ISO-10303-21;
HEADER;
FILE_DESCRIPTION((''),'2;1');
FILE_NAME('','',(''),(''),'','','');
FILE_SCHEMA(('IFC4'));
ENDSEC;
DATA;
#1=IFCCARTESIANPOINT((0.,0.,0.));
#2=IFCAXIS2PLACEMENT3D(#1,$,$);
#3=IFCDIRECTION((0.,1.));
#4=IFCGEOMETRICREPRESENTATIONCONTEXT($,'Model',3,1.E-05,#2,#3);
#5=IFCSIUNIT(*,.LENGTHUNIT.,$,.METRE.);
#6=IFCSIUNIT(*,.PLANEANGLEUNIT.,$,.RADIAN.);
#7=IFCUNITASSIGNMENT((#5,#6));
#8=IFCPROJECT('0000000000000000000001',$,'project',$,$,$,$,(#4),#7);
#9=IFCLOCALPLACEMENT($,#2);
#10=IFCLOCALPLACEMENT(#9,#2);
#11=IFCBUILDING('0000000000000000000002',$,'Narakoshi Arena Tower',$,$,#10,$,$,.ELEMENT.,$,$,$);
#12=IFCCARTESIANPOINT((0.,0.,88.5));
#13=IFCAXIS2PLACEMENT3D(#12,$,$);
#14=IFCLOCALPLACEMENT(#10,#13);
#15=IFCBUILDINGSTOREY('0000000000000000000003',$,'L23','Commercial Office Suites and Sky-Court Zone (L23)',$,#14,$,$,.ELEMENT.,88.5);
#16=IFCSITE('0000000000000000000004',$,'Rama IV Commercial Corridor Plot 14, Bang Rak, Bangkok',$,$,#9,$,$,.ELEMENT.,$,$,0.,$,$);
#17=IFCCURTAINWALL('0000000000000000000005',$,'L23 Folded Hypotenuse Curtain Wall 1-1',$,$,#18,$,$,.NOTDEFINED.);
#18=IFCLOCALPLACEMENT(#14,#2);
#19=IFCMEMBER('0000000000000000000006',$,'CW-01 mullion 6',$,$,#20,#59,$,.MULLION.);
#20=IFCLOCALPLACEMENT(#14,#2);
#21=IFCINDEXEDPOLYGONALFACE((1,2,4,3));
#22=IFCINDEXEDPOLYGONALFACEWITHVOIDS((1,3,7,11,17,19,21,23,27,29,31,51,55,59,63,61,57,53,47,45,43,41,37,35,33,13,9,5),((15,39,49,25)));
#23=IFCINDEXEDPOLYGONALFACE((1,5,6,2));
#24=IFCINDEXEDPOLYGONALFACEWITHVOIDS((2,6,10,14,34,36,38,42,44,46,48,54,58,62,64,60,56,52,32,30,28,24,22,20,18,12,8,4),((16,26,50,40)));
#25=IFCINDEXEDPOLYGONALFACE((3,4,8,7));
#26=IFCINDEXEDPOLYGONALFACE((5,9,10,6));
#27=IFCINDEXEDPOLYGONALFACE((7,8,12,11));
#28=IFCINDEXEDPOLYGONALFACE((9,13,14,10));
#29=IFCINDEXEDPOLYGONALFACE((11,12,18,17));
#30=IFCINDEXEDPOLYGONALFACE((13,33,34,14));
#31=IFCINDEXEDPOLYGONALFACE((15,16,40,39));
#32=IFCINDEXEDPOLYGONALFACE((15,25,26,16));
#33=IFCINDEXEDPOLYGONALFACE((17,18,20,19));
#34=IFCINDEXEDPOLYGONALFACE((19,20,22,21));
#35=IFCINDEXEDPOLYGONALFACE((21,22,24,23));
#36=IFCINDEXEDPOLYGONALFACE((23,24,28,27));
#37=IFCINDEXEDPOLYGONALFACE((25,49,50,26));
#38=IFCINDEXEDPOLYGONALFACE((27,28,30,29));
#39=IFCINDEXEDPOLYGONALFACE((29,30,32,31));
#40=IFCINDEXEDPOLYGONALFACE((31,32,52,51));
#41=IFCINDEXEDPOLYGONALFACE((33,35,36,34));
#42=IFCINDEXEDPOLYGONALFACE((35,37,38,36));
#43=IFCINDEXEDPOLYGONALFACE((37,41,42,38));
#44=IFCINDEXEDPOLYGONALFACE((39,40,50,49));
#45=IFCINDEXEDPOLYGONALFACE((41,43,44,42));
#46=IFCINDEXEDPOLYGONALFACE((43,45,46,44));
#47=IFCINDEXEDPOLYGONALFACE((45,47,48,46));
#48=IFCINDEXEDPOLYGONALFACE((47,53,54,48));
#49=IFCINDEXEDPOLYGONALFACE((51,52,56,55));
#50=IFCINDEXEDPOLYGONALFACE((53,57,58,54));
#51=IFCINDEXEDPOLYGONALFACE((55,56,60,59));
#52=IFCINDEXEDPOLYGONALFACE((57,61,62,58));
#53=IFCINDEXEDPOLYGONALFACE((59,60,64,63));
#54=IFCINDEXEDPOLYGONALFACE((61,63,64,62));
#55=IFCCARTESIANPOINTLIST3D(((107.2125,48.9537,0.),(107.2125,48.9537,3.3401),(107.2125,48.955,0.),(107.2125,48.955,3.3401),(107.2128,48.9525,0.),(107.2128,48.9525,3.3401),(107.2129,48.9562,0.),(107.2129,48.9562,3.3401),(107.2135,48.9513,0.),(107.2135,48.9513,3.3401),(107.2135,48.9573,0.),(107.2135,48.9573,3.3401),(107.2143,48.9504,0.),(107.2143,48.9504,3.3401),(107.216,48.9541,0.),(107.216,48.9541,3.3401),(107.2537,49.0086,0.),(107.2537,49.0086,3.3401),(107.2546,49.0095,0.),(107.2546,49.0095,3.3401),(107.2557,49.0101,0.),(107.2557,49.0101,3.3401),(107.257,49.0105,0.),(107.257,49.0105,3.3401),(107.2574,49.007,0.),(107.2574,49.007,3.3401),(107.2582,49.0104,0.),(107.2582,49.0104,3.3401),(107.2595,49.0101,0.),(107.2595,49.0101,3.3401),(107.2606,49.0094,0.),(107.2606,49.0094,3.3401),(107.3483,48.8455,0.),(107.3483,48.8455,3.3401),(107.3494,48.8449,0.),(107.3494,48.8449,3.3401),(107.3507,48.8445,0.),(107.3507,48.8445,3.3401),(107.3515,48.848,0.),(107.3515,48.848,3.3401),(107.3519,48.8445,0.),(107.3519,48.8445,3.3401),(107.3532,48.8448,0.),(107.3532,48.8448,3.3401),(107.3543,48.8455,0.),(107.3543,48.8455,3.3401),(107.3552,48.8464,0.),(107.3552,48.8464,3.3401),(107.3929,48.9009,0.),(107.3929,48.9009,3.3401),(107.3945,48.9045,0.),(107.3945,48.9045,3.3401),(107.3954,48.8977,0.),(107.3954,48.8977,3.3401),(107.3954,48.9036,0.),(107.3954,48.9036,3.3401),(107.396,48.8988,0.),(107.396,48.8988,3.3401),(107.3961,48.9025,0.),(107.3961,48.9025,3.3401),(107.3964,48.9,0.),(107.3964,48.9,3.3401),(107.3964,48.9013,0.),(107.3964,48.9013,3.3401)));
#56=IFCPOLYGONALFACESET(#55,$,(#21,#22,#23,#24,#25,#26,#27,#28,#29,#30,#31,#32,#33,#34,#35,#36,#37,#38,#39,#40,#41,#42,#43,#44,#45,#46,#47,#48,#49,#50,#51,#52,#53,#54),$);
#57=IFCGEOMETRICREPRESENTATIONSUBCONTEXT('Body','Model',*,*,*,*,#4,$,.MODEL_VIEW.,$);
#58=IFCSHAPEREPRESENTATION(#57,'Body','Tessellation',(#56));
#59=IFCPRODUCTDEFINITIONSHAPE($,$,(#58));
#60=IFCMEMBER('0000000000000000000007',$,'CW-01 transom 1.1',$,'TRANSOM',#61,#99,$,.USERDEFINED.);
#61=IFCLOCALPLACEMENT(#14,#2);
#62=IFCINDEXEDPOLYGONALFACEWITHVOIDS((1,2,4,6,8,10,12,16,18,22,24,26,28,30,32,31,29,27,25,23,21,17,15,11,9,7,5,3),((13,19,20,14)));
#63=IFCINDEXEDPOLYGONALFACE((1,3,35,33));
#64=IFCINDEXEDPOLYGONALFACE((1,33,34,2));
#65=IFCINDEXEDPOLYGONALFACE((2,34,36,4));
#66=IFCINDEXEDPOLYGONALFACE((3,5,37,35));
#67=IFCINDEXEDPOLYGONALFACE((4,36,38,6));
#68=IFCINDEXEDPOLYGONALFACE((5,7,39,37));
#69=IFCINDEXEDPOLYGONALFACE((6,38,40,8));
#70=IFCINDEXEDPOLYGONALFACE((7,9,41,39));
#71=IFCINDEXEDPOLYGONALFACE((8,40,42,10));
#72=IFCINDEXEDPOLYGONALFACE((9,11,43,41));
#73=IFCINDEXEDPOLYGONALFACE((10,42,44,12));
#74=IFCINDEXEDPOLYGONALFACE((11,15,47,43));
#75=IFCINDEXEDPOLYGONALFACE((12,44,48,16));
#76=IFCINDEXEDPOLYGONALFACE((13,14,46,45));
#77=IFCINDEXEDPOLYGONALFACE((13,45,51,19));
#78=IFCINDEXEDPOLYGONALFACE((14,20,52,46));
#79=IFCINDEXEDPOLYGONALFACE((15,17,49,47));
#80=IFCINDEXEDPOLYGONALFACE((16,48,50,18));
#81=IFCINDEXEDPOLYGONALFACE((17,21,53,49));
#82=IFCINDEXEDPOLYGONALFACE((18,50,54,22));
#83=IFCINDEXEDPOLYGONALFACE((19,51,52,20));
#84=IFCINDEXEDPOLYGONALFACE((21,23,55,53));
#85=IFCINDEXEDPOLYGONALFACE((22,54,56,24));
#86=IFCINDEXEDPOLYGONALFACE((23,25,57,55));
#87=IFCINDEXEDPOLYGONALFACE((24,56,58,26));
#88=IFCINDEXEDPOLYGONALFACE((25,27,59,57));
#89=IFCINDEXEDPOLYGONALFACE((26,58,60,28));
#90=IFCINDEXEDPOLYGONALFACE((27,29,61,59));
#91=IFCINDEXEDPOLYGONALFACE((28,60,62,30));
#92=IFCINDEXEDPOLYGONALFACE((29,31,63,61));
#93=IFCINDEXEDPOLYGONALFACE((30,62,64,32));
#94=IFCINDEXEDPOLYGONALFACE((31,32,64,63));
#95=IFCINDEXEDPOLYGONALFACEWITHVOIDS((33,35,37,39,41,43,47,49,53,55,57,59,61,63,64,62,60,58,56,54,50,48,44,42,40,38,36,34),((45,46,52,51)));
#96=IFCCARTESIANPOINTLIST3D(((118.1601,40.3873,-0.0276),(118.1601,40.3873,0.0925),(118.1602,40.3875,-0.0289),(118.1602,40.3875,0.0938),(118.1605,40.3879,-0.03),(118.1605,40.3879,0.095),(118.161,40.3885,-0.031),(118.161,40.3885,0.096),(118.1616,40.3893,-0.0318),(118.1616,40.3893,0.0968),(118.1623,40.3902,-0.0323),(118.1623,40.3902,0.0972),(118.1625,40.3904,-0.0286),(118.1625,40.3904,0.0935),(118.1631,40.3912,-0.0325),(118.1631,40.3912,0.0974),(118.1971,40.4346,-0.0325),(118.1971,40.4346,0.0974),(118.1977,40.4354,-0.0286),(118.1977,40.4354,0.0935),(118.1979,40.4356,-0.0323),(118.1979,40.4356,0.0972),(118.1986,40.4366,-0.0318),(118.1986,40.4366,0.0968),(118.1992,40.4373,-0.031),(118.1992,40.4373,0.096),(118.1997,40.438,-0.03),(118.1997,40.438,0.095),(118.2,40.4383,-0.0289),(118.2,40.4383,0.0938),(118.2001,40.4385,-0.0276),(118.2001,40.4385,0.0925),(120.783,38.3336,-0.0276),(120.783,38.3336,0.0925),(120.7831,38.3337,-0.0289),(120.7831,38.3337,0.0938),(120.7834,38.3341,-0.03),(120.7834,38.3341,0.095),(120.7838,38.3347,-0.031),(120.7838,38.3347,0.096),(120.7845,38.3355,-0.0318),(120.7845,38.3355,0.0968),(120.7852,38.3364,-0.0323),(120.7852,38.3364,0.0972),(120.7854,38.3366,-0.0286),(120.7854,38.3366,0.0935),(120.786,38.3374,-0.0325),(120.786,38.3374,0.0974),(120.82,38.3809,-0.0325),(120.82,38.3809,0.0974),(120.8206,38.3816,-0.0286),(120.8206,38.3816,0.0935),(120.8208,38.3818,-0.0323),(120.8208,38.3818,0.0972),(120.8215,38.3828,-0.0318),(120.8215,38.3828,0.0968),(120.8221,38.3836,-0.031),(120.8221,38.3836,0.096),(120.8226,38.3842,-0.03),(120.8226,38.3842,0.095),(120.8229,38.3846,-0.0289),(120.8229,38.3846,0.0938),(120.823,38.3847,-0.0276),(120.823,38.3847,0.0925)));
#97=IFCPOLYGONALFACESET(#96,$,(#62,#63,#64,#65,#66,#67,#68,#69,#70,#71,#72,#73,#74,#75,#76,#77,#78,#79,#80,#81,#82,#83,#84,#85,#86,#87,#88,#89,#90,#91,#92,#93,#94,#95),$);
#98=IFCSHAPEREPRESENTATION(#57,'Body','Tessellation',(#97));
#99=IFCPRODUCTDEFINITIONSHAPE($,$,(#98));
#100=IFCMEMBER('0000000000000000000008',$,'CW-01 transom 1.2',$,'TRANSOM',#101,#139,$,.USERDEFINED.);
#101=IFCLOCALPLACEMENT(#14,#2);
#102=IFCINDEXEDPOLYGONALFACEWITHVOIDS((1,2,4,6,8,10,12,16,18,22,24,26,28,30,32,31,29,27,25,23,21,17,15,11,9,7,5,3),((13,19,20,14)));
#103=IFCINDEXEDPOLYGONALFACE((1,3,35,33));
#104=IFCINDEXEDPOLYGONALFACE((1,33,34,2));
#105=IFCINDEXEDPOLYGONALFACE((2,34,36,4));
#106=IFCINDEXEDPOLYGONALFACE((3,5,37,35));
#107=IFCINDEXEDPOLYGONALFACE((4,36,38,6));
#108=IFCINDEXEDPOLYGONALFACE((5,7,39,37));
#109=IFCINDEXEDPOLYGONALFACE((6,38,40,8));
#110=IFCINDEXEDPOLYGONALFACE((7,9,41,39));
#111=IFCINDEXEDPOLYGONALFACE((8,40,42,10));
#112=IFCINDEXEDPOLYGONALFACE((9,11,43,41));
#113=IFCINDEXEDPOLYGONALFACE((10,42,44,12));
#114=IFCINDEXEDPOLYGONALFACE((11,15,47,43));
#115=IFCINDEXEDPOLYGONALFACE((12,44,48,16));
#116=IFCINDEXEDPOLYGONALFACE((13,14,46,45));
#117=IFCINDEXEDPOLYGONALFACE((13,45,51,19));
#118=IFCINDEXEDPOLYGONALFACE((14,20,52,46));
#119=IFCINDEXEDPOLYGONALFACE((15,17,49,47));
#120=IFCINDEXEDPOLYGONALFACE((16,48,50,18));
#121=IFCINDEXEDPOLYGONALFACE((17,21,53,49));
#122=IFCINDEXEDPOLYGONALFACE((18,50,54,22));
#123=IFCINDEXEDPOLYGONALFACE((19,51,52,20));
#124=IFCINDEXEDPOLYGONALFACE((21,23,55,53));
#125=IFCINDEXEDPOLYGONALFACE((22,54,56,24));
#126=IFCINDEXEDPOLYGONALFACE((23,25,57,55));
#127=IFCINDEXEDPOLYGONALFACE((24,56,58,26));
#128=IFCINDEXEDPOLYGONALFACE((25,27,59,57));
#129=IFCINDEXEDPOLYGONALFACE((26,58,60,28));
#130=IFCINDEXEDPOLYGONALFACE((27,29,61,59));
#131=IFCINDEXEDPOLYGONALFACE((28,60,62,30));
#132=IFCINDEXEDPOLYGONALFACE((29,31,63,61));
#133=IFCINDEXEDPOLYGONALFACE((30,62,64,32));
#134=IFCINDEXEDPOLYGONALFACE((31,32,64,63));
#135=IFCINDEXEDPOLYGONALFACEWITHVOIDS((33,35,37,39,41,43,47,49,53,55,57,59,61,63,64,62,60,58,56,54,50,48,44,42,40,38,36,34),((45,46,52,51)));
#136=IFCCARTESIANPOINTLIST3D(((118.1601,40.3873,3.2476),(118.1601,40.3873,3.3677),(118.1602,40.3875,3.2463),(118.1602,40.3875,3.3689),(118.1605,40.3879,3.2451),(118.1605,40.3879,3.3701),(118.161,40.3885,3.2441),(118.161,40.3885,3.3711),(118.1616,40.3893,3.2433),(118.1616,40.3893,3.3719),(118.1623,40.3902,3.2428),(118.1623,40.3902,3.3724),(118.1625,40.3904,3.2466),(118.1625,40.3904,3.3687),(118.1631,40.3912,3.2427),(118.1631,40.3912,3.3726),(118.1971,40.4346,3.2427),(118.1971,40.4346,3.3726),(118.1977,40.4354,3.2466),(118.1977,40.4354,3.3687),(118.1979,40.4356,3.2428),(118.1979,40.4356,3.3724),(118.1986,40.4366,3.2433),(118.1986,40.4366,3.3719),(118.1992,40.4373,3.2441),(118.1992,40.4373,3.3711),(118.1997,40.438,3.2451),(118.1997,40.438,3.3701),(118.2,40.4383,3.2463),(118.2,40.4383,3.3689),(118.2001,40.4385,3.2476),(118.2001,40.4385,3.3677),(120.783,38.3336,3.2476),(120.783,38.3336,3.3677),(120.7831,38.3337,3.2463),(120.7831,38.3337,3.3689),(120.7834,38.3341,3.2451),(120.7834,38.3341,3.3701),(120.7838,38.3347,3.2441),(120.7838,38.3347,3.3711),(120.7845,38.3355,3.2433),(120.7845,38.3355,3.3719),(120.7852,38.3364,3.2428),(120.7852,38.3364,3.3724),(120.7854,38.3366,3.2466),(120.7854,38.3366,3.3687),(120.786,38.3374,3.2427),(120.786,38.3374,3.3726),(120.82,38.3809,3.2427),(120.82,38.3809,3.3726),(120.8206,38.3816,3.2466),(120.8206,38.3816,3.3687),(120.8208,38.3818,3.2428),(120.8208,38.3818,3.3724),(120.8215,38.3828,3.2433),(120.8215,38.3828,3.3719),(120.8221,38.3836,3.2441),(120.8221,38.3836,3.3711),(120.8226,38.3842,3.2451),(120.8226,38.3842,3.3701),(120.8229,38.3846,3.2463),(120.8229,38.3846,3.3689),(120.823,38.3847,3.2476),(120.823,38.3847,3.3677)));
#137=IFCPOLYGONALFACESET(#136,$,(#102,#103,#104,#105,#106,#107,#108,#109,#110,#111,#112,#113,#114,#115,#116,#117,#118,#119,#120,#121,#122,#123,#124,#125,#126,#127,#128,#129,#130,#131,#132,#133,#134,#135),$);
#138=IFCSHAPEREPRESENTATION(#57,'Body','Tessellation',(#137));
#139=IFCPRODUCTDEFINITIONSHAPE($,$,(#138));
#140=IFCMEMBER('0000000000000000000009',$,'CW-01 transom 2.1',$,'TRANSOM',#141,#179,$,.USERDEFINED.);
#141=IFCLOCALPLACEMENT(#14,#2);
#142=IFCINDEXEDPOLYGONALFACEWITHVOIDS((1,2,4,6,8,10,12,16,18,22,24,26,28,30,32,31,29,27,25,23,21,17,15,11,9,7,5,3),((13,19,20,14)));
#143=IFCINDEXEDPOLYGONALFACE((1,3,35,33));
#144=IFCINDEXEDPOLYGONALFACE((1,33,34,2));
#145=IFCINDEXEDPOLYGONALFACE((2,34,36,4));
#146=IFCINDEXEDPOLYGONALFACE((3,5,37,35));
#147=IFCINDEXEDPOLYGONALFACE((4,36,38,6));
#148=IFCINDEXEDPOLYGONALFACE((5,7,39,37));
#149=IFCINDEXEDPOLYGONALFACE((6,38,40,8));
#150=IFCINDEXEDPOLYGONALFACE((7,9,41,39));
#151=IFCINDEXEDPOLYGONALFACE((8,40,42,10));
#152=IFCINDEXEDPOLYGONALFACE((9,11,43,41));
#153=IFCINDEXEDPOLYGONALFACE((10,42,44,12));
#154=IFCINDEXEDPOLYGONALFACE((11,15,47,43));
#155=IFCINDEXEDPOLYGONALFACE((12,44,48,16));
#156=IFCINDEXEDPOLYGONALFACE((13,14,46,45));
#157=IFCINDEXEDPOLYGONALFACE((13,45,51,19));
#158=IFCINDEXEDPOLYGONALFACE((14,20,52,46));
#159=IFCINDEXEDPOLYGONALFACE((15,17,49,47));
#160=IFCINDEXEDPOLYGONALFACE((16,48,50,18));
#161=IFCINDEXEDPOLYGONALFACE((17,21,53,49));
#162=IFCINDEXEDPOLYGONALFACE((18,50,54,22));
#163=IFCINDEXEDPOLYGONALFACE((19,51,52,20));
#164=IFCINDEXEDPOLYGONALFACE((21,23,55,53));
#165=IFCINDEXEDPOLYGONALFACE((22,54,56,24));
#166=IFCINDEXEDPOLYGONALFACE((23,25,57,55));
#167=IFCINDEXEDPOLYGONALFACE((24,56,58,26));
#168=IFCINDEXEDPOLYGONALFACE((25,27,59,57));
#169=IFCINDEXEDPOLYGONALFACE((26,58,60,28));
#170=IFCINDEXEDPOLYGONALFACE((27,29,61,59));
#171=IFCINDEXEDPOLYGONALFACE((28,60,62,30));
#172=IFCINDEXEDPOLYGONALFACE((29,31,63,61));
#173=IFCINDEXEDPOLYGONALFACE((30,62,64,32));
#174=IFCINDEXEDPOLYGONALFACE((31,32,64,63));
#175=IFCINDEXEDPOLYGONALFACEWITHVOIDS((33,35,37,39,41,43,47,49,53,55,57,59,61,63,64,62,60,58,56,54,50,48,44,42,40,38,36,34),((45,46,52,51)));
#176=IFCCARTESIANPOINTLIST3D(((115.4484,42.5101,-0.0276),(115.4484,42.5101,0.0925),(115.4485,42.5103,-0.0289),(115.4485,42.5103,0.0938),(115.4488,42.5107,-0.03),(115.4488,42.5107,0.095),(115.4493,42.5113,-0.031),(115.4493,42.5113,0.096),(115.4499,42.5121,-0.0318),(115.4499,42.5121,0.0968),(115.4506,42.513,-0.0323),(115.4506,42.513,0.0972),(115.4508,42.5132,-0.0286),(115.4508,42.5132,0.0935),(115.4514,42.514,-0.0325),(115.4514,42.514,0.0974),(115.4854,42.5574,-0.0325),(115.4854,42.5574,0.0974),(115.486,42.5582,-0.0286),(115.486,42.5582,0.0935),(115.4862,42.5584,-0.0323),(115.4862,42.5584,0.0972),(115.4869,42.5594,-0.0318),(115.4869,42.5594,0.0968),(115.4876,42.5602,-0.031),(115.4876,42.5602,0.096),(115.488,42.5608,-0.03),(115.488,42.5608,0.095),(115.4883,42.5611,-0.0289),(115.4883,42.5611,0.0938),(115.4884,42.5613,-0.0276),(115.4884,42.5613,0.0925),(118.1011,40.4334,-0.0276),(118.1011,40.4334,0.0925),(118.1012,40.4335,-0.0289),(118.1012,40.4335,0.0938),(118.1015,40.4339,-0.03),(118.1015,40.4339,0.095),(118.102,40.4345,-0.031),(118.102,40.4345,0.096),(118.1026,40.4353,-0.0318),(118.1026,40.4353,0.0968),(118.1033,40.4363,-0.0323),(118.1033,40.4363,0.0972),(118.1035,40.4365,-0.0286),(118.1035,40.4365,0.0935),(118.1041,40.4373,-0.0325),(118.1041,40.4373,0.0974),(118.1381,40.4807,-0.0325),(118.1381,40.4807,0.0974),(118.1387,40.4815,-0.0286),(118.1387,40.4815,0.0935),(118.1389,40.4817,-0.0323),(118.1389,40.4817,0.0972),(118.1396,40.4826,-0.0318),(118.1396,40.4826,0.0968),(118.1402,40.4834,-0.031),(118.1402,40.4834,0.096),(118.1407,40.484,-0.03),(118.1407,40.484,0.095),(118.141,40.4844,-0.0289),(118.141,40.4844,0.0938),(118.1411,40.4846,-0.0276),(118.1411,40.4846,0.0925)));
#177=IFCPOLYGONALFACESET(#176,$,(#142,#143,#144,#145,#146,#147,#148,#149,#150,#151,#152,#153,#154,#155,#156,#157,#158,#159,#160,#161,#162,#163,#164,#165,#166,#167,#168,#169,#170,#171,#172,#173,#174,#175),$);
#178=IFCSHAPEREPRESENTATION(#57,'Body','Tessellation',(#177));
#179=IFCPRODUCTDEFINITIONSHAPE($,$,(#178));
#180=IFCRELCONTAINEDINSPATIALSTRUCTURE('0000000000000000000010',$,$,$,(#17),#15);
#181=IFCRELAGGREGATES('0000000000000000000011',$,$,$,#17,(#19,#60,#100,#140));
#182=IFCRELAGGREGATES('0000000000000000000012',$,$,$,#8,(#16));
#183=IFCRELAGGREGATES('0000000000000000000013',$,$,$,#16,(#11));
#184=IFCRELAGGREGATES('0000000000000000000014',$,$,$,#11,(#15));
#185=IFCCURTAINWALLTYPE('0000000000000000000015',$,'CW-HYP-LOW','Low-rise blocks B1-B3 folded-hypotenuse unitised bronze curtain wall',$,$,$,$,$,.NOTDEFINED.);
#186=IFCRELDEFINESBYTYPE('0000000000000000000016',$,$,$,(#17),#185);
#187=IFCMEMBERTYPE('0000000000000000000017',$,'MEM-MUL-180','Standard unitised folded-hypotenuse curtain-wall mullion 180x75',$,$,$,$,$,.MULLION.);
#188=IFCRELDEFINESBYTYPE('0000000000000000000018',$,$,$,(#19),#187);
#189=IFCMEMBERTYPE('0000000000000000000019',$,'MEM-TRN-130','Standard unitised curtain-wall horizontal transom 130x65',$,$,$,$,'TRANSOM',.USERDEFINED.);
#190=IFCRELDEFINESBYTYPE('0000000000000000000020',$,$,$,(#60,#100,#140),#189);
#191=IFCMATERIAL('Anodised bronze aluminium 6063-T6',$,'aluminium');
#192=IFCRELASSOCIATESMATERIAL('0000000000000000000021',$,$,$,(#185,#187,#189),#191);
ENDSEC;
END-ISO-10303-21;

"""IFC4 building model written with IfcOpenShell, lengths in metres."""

from ifc_helpers import new_model, si_unit, direction, frame, origin, origin_2d, place, context, subcontext, project, spatial, hollow_rectangle, extrude, material, material_profile, profile_set, type_object, element, aggregate, save


model = new_model("IFC4")

# Units and contexts
model_context = context("Model", 3, precision=1e-05, world=origin(), true_north=direction((0.0, 1.0)))
body_context = subcontext(model_context, "Body", "Model", "MODEL_VIEW")
ifc_project = project(units=[si_unit("LENGTHUNIT", "METRE"), si_unit("PLANEANGLEUNIT", "RADIAN")], contexts=[model_context])

# Site, building, storey
site_placement = place(None, origin())
site = spatial("IfcSite", under=ifc_project, at=site_placement, Name="Rama IV Commercial Corridor Plot 14, Bang Rak, Bangkok", CompositionType="ELEMENT", RefElevation=0.0)
building_placement = place(site_placement, origin())
building = spatial("IfcBuilding", under=site, at=building_placement, Name="Narakoshi Arena Tower", CompositionType="ELEMENT")
storey_placement = place(building_placement, frame((0.0, 0.0, 88.5)))
storey = spatial("IfcBuildingStorey", under=building, at=storey_placement, Name="L23", Description="Commercial Office Suites and Sky-Court Zone (L23)", CompositionType="ELEMENT", Elevation=88.5)

# Curtain wall, members
ifc_material_1 = material(Name="Anodised bronze aluminium 6063-T6", Category="aluminium")
curtain_wall_type = type_object("IfcCurtainWallType", Name="CW-HYP-LOW", Description="Low-rise blocks B1-B3 folded-hypotenuse unitised bronze curtain wall", PredefinedType="NOTDEFINED", material=ifc_material_1)
curtain_wall_placement = place(storey_placement, origin())
curtain_wall = element("IfcCurtainWall", 1, at=curtain_wall_placement, inside=storey, type_object=curtain_wall_type, Name="L23 Folded Hypotenuse Curtain Wall 1-1", PredefinedType="NOTDEFINED")
ifc_material_profile_1 = material_profile(ifc_material_1, hollow_rectangle(XDim=0.075, YDim=0.1799, WallThickness=0.0039, OuterFilletRadius=0.0049, at=origin_2d()), Name="MUL180x75x4")
ifc_profile_set_1 = profile_set([ifc_material_profile_1], Name="Anodised bronze aluminium 6063-T6")
member_type_1 = type_object("IfcMemberType", Name="MEM-MUL-180", Description="Standard unitised folded-hypotenuse curtain-wall mullion 180x75", PredefinedType="MULLION", material=ifc_profile_set_1)
member_1_placement = place(storey_placement, frame((107.3044, 48.9275, 0.0), z_axis=(0.0, 0.0, 1.0), x_axis=(-0.616458, -0.787388, 0.0)))
member_1 = element("IfcMember", 2, at=member_1_placement, type_object=member_type_1, Name="CW-01 mullion 6", PredefinedType="MULLION", context=body_context, shape_type="SweptSolid", body=[
    extrude(hollow_rectangle(XDim=0.075, YDim=0.1799, WallThickness=0.0039, OuterFilletRadius=0.0049, at=origin_2d()), origin(), (0.0, 0.0, 1.0), 3.3401),
])
ifc_material_profile_2 = material_profile(ifc_material_1, hollow_rectangle(XDim=0.0649, YDim=0.1299, WallThickness=0.0039, OuterFilletRadius=0.0049, at=origin_2d()), Name="TRN130x65x4")
ifc_profile_set_2 = profile_set([ifc_material_profile_2], Name="Anodised bronze aluminium 6063-T6")
member_type_2 = type_object("IfcMemberType", Name="MEM-TRN-130", Description="Standard unitised curtain-wall horizontal transom 130x65", ElementType="TRANSOM", PredefinedType="USERDEFINED", material=ifc_profile_set_2)
member_2_placement = place(storey_placement, frame((120.803, 38.3591, 0.0325), z_axis=(-0.787347, 0.61651, 0.0), x_axis=(-0.61651, -0.787347, 0.0)))
member_2 = element("IfcMember", 3, at=member_2_placement, type_object=member_type_2, Name="CW-01 transom 1.1", ObjectType="TRANSOM", PredefinedType="USERDEFINED", context=body_context, shape_type="SweptSolid", body=[
    extrude(hollow_rectangle(XDim=0.0649, YDim=0.1299, WallThickness=0.0039, OuterFilletRadius=0.0049, at=origin_2d()), origin(), (0.0, 0.0, 1.0), 3.3313),
])
member_3_placement = place(storey_placement, frame((120.803, 38.3591, 3.3076), z_axis=(-0.787347, 0.61651, 0.0), x_axis=(-0.61651, -0.787347, 0.0)))
member_3 = element("IfcMember", 4, at=member_3_placement, type_object=member_type_2, Name="CW-01 transom 1.2", ObjectType="TRANSOM", PredefinedType="USERDEFINED", context=body_context, shape_type="SweptSolid", body=[
    extrude(hollow_rectangle(XDim=0.0649, YDim=0.1299, WallThickness=0.0039, OuterFilletRadius=0.0049, at=origin_2d()), origin(), (0.0, 0.0, 1.0), 3.3313),
])
member_4_placement = place(storey_placement, frame((118.1211, 40.459, 0.0325), z_axis=(-0.787401, 0.616441, 0.0), x_axis=(-0.616441, -0.787401, 0.0)))
member_4 = element("IfcMember", 5, at=member_4_placement, type_object=member_type_2, Name="CW-01 transom 2.1", ObjectType="TRANSOM", PredefinedType="USERDEFINED", context=body_context, shape_type="SweptSolid", body=[
    extrude(hollow_rectangle(XDim=0.0649, YDim=0.1299, WallThickness=0.0039, OuterFilletRadius=0.0049, at=origin_2d()), origin(), (0.0, 0.0, 1.0), 3.3689),
])
aggregate(curtain_wall, [member_1, member_2, member_3, member_4])

save(model, "model.ifc")
